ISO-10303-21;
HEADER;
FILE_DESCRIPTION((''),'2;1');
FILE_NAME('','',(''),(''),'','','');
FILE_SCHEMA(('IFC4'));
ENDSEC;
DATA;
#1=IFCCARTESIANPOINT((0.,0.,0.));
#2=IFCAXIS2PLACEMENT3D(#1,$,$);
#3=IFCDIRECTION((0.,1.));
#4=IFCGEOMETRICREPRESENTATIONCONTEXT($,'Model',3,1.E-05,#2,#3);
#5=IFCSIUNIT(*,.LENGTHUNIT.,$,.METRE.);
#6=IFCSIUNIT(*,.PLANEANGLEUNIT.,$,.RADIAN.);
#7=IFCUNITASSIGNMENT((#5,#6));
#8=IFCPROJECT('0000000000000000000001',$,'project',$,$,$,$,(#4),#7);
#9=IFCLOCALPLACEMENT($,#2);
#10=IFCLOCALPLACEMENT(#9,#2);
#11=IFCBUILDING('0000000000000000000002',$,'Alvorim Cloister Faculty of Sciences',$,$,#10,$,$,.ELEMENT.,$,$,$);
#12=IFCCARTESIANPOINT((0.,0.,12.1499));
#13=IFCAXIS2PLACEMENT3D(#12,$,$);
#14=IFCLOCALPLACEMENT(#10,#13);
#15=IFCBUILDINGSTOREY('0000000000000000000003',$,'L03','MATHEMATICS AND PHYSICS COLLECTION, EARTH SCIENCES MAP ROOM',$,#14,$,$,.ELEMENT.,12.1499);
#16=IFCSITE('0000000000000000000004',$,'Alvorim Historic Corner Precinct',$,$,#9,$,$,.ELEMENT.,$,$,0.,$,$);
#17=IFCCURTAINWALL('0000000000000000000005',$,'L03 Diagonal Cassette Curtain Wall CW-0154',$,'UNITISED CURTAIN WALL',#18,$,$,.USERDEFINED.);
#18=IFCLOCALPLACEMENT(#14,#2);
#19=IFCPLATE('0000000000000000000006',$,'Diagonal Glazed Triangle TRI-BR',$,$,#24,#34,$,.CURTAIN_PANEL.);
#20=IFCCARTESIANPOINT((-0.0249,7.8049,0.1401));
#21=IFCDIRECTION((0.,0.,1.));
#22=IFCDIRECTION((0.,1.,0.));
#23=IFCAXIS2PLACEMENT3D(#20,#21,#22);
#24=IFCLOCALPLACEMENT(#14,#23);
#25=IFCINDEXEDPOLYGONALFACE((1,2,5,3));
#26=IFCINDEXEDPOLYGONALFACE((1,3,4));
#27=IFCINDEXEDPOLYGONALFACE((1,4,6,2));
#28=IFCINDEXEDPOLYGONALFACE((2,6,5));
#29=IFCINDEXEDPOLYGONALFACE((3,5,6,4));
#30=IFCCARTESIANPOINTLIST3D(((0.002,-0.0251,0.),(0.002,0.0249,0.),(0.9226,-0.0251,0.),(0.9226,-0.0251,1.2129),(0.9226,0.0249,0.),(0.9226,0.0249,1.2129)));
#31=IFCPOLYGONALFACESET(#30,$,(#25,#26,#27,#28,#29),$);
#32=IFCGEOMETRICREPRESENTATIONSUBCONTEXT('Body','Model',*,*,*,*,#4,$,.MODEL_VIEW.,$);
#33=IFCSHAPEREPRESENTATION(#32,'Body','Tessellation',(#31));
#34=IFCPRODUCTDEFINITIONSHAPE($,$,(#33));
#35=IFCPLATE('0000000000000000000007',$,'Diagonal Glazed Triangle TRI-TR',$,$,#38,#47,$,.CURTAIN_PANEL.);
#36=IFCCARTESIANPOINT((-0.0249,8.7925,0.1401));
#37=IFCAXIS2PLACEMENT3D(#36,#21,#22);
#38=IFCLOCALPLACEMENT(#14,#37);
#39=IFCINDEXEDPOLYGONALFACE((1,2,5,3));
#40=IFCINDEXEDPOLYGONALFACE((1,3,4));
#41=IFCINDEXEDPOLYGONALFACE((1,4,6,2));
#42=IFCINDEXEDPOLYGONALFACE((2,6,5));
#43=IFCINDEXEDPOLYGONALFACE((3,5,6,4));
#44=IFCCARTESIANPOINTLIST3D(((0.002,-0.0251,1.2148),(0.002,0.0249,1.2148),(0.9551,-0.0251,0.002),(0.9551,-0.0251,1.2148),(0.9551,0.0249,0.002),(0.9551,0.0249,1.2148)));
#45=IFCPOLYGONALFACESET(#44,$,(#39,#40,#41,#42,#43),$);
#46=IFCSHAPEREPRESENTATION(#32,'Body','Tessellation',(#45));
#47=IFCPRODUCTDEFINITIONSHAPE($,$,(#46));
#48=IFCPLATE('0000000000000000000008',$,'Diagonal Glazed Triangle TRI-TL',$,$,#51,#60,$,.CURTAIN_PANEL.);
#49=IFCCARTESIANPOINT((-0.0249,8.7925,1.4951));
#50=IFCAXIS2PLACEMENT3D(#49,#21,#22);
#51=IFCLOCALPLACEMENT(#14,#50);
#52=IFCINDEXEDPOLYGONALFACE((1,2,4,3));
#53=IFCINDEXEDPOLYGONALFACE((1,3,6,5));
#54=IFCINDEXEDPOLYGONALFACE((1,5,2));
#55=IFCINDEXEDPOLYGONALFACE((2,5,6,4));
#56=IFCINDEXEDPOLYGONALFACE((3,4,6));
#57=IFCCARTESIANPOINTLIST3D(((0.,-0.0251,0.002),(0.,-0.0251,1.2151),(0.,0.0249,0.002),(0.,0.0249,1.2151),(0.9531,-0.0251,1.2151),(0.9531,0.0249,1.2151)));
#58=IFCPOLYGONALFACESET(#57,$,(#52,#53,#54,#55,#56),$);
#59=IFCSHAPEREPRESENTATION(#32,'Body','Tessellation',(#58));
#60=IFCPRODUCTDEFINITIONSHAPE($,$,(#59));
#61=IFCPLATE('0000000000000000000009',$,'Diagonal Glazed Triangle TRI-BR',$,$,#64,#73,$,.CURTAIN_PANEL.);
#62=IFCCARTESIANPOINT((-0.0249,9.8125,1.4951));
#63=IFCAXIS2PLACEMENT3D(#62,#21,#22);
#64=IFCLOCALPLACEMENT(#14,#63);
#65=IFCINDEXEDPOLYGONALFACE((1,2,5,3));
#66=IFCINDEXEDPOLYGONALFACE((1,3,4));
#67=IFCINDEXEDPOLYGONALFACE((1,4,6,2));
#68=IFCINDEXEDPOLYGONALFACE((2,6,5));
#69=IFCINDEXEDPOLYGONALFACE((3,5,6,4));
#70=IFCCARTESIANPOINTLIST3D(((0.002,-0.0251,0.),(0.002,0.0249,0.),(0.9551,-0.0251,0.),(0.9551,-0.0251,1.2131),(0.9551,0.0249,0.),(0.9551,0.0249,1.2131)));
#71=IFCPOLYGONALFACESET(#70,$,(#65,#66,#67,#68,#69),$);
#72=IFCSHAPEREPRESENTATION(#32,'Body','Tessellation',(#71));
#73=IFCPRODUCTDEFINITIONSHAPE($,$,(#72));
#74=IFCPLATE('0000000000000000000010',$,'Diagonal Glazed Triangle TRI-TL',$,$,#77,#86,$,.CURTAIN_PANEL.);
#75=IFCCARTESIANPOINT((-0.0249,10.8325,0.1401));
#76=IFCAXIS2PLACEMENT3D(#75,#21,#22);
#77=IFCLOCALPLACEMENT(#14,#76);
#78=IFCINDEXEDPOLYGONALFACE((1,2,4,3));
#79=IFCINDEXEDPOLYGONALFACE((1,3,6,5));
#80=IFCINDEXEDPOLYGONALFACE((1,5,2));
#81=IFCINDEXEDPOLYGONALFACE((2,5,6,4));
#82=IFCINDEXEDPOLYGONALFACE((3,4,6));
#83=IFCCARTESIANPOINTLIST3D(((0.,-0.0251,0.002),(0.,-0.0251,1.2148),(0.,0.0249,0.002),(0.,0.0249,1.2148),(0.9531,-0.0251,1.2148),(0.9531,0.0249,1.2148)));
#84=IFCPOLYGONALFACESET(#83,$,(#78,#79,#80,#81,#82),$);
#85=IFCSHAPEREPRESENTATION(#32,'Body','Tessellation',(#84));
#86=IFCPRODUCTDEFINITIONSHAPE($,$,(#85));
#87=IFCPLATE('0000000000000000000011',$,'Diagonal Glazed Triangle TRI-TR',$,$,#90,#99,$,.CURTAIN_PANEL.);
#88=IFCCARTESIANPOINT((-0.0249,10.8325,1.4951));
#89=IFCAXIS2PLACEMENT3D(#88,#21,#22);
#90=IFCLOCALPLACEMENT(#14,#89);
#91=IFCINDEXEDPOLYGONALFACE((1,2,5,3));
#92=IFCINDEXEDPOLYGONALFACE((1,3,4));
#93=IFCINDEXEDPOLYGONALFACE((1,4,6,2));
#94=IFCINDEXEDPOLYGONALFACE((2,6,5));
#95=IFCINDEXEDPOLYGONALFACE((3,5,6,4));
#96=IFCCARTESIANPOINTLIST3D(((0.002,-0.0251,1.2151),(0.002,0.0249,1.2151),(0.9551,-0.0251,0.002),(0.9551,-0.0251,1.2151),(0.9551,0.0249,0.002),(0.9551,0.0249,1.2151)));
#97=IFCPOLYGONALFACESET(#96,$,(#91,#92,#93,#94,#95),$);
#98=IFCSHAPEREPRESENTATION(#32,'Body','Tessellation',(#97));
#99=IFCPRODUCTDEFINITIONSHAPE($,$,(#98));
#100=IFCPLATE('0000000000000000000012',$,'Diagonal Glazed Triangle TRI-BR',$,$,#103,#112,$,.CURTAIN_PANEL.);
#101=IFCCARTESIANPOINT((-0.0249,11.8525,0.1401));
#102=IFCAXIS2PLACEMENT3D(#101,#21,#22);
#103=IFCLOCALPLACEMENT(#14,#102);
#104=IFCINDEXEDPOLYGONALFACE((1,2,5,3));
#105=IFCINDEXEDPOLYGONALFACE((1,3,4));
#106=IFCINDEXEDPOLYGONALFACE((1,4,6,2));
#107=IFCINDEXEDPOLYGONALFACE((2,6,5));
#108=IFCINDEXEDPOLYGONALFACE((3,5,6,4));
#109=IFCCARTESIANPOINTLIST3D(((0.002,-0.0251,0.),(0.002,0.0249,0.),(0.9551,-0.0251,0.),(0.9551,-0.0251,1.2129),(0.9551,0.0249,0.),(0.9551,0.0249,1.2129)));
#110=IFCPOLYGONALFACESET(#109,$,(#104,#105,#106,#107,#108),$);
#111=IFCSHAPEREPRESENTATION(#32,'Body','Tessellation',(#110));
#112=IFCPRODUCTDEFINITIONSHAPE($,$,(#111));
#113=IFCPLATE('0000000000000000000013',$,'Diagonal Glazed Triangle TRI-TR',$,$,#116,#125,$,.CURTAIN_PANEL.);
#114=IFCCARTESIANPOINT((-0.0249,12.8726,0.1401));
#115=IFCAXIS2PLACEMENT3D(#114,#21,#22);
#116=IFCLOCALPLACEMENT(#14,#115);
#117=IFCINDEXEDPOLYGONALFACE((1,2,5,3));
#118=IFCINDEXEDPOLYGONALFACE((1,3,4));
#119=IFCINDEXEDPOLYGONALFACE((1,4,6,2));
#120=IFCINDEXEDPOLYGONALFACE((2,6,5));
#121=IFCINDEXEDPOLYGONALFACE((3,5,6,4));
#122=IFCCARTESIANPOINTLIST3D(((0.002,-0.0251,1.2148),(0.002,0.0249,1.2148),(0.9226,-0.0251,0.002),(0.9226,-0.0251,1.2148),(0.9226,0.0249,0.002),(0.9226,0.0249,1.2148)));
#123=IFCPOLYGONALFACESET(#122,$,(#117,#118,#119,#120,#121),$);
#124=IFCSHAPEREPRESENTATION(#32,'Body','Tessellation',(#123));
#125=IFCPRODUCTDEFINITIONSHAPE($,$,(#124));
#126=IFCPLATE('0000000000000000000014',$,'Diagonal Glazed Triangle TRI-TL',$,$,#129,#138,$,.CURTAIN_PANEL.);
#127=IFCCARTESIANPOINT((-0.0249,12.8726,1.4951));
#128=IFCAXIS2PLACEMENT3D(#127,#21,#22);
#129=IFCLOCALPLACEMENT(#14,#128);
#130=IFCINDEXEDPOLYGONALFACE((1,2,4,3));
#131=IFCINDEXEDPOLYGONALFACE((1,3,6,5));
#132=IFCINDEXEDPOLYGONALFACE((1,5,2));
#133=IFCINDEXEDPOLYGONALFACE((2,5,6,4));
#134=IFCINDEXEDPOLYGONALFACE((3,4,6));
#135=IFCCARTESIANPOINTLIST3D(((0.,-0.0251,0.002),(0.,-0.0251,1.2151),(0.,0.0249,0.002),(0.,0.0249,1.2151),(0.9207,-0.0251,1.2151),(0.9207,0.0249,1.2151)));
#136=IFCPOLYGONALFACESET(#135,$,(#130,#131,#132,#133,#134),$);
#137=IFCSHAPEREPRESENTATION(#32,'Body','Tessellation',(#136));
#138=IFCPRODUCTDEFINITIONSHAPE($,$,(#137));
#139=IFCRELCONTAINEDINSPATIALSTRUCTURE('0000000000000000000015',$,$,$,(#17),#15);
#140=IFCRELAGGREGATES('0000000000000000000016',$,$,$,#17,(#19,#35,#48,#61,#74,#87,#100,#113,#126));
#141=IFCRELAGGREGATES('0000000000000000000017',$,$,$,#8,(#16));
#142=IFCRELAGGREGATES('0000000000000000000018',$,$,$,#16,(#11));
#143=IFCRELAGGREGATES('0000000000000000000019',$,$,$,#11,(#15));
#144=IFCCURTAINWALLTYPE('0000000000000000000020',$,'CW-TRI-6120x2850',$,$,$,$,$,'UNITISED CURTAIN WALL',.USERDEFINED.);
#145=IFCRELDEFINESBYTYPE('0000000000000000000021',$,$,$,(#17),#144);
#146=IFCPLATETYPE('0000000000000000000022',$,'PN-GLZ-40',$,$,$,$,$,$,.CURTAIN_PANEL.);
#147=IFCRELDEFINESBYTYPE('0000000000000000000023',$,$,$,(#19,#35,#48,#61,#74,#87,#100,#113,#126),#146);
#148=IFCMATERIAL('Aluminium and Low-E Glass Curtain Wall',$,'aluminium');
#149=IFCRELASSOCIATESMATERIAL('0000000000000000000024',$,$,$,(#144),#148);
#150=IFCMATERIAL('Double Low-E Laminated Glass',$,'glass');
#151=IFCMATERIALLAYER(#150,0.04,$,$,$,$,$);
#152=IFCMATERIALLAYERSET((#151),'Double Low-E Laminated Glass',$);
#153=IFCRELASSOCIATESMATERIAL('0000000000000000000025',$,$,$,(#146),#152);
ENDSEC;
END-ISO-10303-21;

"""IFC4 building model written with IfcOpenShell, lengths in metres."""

from ifc_helpers import new_model, si_unit, direction, frame, origin, place, context, subcontext, project, spatial, polyline, outline, extrude, material, layer, layer_set, type_object, element, aggregate, save


model = new_model("IFC4")

# Units and contexts
model_context = context("Model", 3, precision=1e-05, world=origin(), true_north=direction((0.0, 1.0)))
body_context = subcontext(model_context, "Body", "Model", "MODEL_VIEW")
ifc_project = project(units=[si_unit("LENGTHUNIT", "METRE"), si_unit("PLANEANGLEUNIT", "RADIAN")], contexts=[model_context])

# Site, building, storey
site_placement = place(None, origin())
site = spatial("IfcSite", under=ifc_project, at=site_placement, Name="Alvorim Historic Corner Precinct", CompositionType="ELEMENT", RefElevation=0.0)
building_placement = place(site_placement, origin())
building = spatial("IfcBuilding", under=site, at=building_placement, Name="Alvorim Cloister Faculty of Sciences", CompositionType="ELEMENT")
storey_placement = place(building_placement, frame((0.0, 0.0, 12.1499)))
storey = spatial("IfcBuildingStorey", under=building, at=storey_placement, Name="L03", Description="MATHEMATICS AND PHYSICS COLLECTION, EARTH SCIENCES MAP ROOM", CompositionType="ELEMENT", Elevation=12.1499)

# Curtain wall, plates
ifc_material_1 = material(Name="Aluminium and Low-E Glass Curtain Wall", Category="aluminium")
curtain_wall_type = type_object("IfcCurtainWallType", Name="CW-TRI-6120x2850", ElementType="UNITISED CURTAIN WALL", PredefinedType="USERDEFINED", material=ifc_material_1)
curtain_wall_placement = place(storey_placement, origin())
curtain_wall = element("IfcCurtainWall", 1, at=curtain_wall_placement, inside=storey, type_object=curtain_wall_type, Name="L03 Diagonal Cassette Curtain Wall CW-0154", ObjectType="UNITISED CURTAIN WALL", PredefinedType="USERDEFINED")
ifc_material_2 = material(Name="Double Low-E Laminated Glass", Category="glass")
ifc_layer_1 = layer(ifc_material_2, 0.04)
ifc_layer_set_1 = layer_set([ifc_layer_1], Name="Double Low-E Laminated Glass")
plate_type = type_object("IfcPlateType", Name="PN-GLZ-40", PredefinedType="CURTAIN_PANEL", material=ifc_layer_set_1)
plate_1_placement = place(storey_placement, frame((-0.0249, 7.8049, 0.1401), z_axis=(0.0, 0.0, 1.0), x_axis=(0.0, 1.0, 0.0)))
plate_1 = element("IfcPlate", 2, at=plate_1_placement, type_object=plate_type, Name="Diagonal Glazed Triangle TRI-BR", PredefinedType="CURTAIN_PANEL", context=body_context, shape_type="SweptSolid", body=[
    extrude(outline(polyline([(0.002, 0.0), (0.9226, 0.0), (0.9226, 1.2129), (0.002, 0.0)])), frame((0.0, 0.0249, 0.0), z_axis=(0.0, -1.0, 0.0), x_axis=(1.0, 0.0, 0.0)), (0.0, 0.0, 1.0), 0.05),
])
plate_2_placement = place(storey_placement, frame((-0.0249, 8.7925, 0.1401), z_axis=(0.0, 0.0, 1.0), x_axis=(0.0, 1.0, 0.0)))
plate_2 = element("IfcPlate", 3, at=plate_2_placement, type_object=plate_type, Name="Diagonal Glazed Triangle TRI-TR", PredefinedType="CURTAIN_PANEL", context=body_context, shape_type="SweptSolid", body=[
    extrude(outline(polyline([(0.9551, 0.002), (0.9551, 1.2148), (0.002, 1.2148), (0.9551, 0.002)])), frame((0.0, 0.0249, 0.0), z_axis=(0.0, -1.0, 0.0), x_axis=(1.0, 0.0, 0.0)), (0.0, 0.0, 1.0), 0.05),
])
plate_3_placement = place(storey_placement, frame((-0.0249, 8.7925, 1.4951), z_axis=(0.0, 0.0, 1.0), x_axis=(0.0, 1.0, 0.0)))
plate_3 = element("IfcPlate", 4, at=plate_3_placement, type_object=plate_type, Name="Diagonal Glazed Triangle TRI-TL", PredefinedType="CURTAIN_PANEL", context=body_context, shape_type="SweptSolid", body=[
    extrude(outline(polyline([(0.9531, 1.2151), (0.0, 1.2151), (0.0, 0.002), (0.9531, 1.2151)])), frame((0.0, 0.0249, 0.0), z_axis=(0.0, -1.0, 0.0), x_axis=(1.0, 0.0, 0.0)), (0.0, 0.0, 1.0), 0.05),
])
plate_4_placement = place(storey_placement, frame((-0.0249, 9.8125, 1.4951), z_axis=(0.0, 0.0, 1.0), x_axis=(0.0, 1.0, 0.0)))
plate_4 = element("IfcPlate", 5, at=plate_4_placement, type_object=plate_type, Name="Diagonal Glazed Triangle TRI-BR", PredefinedType="CURTAIN_PANEL", context=body_context, shape_type="SweptSolid", body=[
    extrude(outline(polyline([(0.002, 0.0), (0.9551, 0.0), (0.9551, 1.2131), (0.002, 0.0)])), frame((0.0, 0.0249, 0.0), z_axis=(0.0, -1.0, 0.0), x_axis=(1.0, 0.0, 0.0)), (0.0, 0.0, 1.0), 0.05),
])
plate_5_placement = place(storey_placement, frame((-0.0249, 10.8325, 0.1401), z_axis=(0.0, 0.0, 1.0), x_axis=(0.0, 1.0, 0.0)))
plate_5 = element("IfcPlate", 6, at=plate_5_placement, type_object=plate_type, Name="Diagonal Glazed Triangle TRI-TL", PredefinedType="CURTAIN_PANEL", context=body_context, shape_type="SweptSolid", body=[
    extrude(outline(polyline([(0.9531, 1.2148), (0.0, 1.2148), (0.0, 0.002), (0.9531, 1.2148)])), frame((0.0, 0.0249, 0.0), z_axis=(0.0, -1.0, 0.0), x_axis=(1.0, 0.0, 0.0)), (0.0, 0.0, 1.0), 0.05),
])
plate_6_placement = place(storey_placement, frame((-0.0249, 10.8325, 1.4951), z_axis=(0.0, 0.0, 1.0), x_axis=(0.0, 1.0, 0.0)))
plate_6 = element("IfcPlate", 7, at=plate_6_placement, type_object=plate_type, Name="Diagonal Glazed Triangle TRI-TR", PredefinedType="CURTAIN_PANEL", context=body_context, shape_type="SweptSolid", body=[
    extrude(outline(polyline([(0.9551, 0.002), (0.9551, 1.2151), (0.002, 1.2151), (0.9551, 0.002)])), frame((0.0, 0.0249, 0.0), z_axis=(0.0, -1.0, 0.0), x_axis=(1.0, 0.0, 0.0)), (0.0, 0.0, 1.0), 0.05),
])
plate_7_placement = place(storey_placement, frame((-0.0249, 11.8525, 0.1401), z_axis=(0.0, 0.0, 1.0), x_axis=(0.0, 1.0, 0.0)))
plate_7 = element("IfcPlate", 8, at=plate_7_placement, type_object=plate_type, Name="Diagonal Glazed Triangle TRI-BR", PredefinedType="CURTAIN_PANEL", context=body_context, shape_type="SweptSolid", body=[
    extrude(outline(polyline([(0.002, 0.0), (0.9551, 0.0), (0.9551, 1.2129), (0.002, 0.0)])), frame((0.0, 0.0249, 0.0), z_axis=(0.0, -1.0, 0.0), x_axis=(1.0, 0.0, 0.0)), (0.0, 0.0, 1.0), 0.05),
])
plate_8_placement = place(storey_placement, frame((-0.0249, 12.8726, 0.1401), z_axis=(0.0, 0.0, 1.0), x_axis=(0.0, 1.0, 0.0)))
plate_8 = element("IfcPlate", 9, at=plate_8_placement, type_object=plate_type, Name="Diagonal Glazed Triangle TRI-TR", PredefinedType="CURTAIN_PANEL", context=body_context, shape_type="SweptSolid", body=[
    extrude(outline(polyline([(0.9226, 0.002), (0.9226, 1.2148), (0.002, 1.2148), (0.9226, 0.002)])), frame((0.0, 0.0249, 0.0), z_axis=(0.0, -1.0, 0.0), x_axis=(1.0, 0.0, 0.0)), (0.0, 0.0, 1.0), 0.05),
])
plate_9_placement = place(storey_placement, frame((-0.0249, 12.8726, 1.4951), z_axis=(0.0, 0.0, 1.0), x_axis=(0.0, 1.0, 0.0)))
plate_9 = element("IfcPlate", 10, at=plate_9_placement, type_object=plate_type, Name="Diagonal Glazed Triangle TRI-TL", PredefinedType="CURTAIN_PANEL", context=body_context, shape_type="SweptSolid", body=[
    extrude(outline(polyline([(0.9207, 1.2151), (0.0, 1.2151), (0.0, 0.002), (0.9207, 1.2151)])), frame((0.0, 0.0249, 0.0), z_axis=(0.0, -1.0, 0.0), x_axis=(1.0, 0.0, 0.0)), (0.0, 0.0, 1.0), 0.05),
])
aggregate(curtain_wall, [plate_1, plate_2, plate_3, plate_4, plate_5, plate_6, plate_7, plate_8, plate_9])

save(model, "model.ifc")
